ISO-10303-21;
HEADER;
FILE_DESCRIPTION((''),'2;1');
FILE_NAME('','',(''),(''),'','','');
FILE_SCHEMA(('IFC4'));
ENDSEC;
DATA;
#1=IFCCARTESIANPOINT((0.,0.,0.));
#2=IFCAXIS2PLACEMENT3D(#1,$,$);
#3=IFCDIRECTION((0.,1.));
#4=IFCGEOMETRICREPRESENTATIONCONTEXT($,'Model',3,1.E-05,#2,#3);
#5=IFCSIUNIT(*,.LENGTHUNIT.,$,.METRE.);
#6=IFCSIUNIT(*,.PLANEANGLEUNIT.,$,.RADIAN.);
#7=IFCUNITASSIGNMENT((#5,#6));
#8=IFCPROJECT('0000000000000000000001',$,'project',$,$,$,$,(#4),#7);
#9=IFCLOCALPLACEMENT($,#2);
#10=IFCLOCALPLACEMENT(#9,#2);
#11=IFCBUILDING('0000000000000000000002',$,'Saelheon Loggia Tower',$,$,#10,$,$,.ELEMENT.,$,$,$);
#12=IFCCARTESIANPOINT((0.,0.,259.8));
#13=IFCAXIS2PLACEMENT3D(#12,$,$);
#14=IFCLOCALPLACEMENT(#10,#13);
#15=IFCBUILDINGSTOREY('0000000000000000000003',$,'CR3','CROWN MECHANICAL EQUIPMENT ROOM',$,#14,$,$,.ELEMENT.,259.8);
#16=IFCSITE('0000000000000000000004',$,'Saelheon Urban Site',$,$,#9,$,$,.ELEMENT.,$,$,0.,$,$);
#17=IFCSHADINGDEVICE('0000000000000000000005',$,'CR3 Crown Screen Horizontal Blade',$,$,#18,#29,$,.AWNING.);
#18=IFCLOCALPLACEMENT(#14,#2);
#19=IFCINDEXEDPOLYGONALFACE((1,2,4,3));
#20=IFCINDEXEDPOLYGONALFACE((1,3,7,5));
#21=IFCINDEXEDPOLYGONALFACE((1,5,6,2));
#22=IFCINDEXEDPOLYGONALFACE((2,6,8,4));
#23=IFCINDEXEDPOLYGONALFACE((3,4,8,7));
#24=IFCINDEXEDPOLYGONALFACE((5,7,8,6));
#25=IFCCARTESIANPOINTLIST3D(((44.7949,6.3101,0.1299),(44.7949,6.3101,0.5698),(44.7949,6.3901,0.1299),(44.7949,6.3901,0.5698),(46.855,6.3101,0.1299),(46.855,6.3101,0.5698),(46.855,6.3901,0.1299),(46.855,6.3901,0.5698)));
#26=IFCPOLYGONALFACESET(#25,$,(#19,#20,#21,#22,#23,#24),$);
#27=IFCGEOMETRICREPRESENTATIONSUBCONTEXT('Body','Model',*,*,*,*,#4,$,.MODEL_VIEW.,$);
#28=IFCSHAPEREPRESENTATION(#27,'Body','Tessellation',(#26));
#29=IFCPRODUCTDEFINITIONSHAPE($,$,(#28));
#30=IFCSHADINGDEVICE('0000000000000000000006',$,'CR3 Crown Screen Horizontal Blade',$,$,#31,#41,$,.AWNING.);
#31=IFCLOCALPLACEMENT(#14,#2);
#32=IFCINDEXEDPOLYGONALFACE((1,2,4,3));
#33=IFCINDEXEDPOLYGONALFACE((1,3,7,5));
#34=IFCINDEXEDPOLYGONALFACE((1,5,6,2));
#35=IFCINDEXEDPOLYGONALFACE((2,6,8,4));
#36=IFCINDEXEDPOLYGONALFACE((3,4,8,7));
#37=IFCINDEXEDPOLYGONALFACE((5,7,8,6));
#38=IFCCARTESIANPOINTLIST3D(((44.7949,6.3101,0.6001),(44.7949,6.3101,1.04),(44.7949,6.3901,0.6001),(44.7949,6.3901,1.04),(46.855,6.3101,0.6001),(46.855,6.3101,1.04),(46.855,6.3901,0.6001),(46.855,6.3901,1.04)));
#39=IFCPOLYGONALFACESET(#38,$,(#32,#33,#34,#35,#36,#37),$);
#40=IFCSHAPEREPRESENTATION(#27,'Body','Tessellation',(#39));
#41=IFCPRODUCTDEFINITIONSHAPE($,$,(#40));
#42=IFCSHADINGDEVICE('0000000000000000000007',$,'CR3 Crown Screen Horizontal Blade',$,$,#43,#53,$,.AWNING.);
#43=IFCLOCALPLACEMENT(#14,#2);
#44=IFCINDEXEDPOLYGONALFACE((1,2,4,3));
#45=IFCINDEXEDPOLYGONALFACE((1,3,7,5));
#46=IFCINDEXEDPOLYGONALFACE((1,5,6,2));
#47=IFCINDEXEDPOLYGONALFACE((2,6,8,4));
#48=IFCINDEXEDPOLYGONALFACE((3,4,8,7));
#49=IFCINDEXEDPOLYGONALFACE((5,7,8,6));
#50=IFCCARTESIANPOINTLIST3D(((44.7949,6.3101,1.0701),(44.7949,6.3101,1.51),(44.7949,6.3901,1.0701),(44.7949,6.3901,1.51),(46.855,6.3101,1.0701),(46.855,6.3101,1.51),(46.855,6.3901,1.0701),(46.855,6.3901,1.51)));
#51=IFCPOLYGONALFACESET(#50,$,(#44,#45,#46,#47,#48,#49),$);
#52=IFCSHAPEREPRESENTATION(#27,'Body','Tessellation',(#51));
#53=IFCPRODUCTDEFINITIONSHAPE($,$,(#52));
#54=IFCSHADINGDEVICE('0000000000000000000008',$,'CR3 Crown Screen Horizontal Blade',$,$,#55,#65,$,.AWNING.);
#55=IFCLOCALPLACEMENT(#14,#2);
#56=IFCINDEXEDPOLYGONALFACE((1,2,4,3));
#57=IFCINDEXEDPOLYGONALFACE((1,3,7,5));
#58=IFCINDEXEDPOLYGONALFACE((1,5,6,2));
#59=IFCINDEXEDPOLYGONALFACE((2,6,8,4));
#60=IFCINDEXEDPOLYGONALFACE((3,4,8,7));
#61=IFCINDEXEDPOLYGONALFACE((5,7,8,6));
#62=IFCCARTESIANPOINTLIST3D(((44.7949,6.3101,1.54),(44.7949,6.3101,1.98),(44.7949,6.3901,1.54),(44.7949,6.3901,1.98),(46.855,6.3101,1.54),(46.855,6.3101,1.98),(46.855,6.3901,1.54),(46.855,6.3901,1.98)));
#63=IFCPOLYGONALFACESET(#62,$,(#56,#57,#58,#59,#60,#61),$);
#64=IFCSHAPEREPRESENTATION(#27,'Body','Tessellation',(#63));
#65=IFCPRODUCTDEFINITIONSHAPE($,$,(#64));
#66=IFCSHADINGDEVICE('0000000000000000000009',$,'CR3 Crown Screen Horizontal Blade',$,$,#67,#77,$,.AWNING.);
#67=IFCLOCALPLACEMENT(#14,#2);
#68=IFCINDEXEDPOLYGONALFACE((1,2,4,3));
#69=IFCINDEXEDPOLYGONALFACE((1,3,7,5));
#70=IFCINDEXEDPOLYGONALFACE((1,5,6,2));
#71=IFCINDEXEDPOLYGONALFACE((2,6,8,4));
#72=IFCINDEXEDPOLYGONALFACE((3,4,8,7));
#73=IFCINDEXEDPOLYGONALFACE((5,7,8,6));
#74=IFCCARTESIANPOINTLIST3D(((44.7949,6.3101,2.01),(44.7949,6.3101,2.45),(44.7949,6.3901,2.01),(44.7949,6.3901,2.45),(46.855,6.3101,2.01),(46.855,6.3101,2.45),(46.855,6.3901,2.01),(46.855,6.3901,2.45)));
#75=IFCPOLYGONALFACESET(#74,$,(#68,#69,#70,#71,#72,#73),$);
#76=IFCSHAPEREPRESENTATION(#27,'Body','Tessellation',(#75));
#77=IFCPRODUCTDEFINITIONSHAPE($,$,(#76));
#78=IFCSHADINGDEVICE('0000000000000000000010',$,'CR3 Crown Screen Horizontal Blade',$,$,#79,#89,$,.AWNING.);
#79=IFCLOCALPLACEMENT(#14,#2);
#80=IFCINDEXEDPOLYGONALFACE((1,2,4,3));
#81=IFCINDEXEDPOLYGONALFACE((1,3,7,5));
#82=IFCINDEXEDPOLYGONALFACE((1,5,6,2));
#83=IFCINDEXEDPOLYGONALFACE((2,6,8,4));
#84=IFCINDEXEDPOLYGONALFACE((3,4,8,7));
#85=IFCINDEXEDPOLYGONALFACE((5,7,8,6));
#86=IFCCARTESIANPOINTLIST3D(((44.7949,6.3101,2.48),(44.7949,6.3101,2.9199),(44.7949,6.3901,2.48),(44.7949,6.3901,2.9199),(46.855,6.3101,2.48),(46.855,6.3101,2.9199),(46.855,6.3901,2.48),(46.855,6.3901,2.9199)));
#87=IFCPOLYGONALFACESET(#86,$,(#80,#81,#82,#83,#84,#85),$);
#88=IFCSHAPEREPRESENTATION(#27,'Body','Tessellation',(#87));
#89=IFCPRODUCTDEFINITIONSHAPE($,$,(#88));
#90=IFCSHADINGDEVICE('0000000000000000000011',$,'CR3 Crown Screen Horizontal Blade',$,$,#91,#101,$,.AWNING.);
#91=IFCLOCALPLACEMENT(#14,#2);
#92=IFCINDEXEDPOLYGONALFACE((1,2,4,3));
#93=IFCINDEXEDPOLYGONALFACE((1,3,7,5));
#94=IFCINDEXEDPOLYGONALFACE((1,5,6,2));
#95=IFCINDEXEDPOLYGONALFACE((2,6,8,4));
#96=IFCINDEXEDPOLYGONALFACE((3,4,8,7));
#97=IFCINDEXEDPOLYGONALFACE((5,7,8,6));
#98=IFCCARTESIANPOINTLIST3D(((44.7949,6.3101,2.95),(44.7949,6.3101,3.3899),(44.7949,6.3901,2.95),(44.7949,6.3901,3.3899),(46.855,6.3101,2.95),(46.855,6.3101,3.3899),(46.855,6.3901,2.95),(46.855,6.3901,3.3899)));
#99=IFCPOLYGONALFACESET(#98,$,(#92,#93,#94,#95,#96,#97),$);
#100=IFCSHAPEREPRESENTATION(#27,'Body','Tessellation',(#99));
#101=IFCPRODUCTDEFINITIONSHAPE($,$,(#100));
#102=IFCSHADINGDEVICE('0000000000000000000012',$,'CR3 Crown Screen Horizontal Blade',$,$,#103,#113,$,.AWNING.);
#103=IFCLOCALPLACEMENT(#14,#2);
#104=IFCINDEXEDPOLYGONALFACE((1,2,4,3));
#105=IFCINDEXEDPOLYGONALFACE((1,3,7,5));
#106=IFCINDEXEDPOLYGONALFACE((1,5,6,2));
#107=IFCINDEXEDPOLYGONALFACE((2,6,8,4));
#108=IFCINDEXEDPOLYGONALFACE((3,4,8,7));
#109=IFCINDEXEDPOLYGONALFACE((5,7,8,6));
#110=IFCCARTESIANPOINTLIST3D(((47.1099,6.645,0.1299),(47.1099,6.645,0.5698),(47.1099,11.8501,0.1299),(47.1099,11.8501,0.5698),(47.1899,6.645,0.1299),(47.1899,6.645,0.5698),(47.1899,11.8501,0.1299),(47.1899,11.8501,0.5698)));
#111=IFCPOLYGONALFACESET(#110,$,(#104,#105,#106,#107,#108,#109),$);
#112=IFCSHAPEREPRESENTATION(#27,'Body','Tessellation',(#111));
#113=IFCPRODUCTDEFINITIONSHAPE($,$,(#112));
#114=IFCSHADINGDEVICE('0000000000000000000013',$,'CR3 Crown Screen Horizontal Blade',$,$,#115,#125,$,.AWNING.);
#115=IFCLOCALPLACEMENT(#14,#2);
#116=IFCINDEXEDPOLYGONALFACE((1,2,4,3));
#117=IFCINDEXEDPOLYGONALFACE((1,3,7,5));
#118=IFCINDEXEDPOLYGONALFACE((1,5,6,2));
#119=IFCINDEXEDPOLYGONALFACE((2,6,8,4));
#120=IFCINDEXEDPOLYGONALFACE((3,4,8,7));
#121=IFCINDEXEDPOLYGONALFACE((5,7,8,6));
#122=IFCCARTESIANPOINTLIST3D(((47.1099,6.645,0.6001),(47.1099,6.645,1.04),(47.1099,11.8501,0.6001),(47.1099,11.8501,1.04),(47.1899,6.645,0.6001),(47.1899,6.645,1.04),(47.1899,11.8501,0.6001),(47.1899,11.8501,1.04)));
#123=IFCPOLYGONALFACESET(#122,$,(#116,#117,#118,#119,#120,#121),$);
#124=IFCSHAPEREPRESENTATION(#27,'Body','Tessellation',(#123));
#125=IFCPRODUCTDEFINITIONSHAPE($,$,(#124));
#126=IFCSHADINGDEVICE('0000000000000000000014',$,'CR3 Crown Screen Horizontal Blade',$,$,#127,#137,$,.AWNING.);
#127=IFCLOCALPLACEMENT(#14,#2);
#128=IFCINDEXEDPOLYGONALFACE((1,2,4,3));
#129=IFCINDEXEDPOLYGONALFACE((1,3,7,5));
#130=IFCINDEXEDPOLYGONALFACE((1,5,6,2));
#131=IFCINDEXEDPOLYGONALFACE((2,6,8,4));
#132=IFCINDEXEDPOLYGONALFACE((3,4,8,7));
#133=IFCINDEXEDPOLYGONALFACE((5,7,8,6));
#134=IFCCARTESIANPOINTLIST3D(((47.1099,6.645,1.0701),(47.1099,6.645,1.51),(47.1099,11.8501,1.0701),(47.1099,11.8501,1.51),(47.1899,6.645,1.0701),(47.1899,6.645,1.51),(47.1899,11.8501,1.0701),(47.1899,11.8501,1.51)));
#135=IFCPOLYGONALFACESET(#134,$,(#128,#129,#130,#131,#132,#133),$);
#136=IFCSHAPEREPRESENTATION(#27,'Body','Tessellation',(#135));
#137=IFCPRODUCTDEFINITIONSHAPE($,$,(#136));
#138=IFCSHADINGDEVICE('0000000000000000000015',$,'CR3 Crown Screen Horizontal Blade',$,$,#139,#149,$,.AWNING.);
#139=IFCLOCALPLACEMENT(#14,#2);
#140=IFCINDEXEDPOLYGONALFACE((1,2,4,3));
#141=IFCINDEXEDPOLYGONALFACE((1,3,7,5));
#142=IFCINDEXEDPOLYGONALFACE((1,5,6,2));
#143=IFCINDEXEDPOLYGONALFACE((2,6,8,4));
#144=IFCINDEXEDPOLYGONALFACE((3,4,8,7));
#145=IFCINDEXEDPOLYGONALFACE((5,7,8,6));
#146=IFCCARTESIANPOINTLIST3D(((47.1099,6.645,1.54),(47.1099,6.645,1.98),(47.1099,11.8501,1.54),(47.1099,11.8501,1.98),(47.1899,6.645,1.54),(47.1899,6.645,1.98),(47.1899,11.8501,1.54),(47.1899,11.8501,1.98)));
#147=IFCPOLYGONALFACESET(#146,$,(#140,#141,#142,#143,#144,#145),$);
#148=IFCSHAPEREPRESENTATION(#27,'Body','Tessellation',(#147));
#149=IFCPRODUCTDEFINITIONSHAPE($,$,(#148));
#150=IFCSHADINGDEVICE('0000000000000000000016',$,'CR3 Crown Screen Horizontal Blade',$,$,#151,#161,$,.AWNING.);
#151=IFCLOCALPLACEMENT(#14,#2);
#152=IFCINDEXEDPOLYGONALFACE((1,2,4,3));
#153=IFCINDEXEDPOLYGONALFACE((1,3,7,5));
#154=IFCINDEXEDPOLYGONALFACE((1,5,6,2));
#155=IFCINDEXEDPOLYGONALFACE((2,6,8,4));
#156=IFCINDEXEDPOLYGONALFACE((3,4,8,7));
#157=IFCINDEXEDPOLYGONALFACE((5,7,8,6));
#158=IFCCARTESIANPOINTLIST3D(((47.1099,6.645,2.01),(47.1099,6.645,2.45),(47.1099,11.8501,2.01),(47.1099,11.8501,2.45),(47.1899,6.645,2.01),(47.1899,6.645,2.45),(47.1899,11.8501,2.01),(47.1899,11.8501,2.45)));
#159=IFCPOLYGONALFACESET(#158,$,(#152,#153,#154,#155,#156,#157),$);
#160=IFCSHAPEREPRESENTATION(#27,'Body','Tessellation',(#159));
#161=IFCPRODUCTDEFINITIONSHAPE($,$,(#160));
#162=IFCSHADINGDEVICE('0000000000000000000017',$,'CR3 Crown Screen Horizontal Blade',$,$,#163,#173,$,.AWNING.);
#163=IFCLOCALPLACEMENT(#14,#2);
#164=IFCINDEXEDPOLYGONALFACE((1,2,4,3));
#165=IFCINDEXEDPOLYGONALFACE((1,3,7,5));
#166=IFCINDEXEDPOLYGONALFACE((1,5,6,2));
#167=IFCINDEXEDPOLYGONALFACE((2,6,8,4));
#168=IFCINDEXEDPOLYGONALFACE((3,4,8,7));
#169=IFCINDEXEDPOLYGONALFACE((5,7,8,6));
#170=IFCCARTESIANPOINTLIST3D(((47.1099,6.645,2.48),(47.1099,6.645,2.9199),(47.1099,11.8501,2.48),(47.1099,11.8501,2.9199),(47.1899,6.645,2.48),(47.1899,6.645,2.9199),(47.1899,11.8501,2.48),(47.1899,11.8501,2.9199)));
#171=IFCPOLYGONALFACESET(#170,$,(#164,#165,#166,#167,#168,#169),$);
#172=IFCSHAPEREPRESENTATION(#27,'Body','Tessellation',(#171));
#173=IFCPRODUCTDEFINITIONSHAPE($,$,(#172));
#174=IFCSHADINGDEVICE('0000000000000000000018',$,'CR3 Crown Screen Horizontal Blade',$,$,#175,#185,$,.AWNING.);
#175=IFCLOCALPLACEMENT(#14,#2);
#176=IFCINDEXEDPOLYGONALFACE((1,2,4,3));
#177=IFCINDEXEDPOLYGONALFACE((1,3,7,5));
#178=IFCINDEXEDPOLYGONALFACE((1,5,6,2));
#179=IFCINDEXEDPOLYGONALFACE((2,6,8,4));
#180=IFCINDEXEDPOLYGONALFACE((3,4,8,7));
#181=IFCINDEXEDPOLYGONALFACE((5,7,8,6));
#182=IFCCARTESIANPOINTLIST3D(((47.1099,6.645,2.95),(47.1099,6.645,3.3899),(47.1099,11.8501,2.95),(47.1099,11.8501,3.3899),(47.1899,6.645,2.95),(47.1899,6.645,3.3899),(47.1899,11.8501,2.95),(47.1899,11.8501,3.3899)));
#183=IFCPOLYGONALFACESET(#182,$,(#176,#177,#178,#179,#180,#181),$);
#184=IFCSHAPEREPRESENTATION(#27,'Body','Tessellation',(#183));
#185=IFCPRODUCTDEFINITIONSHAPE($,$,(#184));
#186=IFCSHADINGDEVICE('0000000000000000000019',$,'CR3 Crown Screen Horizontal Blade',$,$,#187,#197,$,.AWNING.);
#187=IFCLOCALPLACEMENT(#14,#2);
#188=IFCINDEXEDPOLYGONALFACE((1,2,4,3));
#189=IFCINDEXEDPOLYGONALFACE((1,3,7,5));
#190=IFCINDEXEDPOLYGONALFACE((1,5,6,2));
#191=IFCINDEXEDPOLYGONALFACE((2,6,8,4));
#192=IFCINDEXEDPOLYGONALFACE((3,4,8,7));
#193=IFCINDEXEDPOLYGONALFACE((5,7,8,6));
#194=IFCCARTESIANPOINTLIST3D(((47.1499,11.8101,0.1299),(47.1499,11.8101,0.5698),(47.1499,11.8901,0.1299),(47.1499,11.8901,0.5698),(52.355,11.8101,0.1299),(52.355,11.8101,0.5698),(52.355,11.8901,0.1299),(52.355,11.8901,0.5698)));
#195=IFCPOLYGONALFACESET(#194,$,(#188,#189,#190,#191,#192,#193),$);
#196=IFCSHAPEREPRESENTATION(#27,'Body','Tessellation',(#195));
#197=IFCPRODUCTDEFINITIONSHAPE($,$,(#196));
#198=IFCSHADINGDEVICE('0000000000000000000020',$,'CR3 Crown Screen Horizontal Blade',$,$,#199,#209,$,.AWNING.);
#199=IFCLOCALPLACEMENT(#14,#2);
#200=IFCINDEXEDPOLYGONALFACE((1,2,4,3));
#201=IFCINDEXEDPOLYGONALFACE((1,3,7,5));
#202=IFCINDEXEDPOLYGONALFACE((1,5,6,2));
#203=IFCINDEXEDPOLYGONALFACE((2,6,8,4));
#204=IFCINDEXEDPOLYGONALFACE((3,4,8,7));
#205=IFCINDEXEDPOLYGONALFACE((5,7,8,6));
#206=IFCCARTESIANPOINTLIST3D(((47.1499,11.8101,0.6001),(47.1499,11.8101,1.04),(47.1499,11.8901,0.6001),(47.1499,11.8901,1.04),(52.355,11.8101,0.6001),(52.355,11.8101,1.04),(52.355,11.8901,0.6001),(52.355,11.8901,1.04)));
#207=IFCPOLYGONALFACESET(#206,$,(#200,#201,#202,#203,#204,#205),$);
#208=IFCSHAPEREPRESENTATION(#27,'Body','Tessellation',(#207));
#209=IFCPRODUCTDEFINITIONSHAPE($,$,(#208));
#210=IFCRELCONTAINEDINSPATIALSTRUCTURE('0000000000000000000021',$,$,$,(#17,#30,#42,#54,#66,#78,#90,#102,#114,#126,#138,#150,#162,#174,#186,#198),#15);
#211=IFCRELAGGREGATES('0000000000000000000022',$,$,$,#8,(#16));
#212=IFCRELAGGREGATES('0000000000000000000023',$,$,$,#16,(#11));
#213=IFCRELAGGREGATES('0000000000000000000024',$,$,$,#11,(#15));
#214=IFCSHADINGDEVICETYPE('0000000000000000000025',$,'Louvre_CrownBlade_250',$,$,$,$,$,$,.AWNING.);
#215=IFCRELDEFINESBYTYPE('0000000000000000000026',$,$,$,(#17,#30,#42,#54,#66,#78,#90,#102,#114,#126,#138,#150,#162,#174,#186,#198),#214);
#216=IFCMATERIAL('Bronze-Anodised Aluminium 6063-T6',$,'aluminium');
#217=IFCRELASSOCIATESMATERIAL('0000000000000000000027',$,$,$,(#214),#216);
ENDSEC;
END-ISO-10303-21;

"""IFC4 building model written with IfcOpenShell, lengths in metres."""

from ifc_helpers import new_model, si_unit, direction, frame, origin, origin_2d, place, context, subcontext, project, spatial, rectangle, extrude, source, transform, mapped, material, material_profile, profile_set, type_object, element, save


model = new_model("IFC4")

# Units and contexts
model_context = context("Model", 3, precision=1e-05, world=origin(), true_north=direction((0.0, 1.0)))
body_context = subcontext(model_context, "Body", "Model", "MODEL_VIEW")
ifc_project = project(units=[si_unit("LENGTHUNIT", "METRE"), si_unit("PLANEANGLEUNIT", "RADIAN")], contexts=[model_context])

# Site, building, storey
site_placement = place(None, origin())
site = spatial("IfcSite", under=ifc_project, at=site_placement, Name="Saelheon Urban Site", CompositionType="ELEMENT", RefElevation=0.0)
building_placement = place(site_placement, origin())
building = spatial("IfcBuilding", under=site, at=building_placement, Name="Saelheon Loggia Tower", CompositionType="ELEMENT")
storey_placement = place(building_placement, frame((0.0, 0.0, 259.8)))
storey = spatial("IfcBuildingStorey", under=building, at=storey_placement, Name="CR3", Description="CROWN MECHANICAL EQUIPMENT ROOM", CompositionType="ELEMENT", Elevation=259.8)

# Shared definitions
ifc_material_1 = material(Name="Bronze-Anodised Aluminium 6063-T6", Category="aluminium")

# Shading devices
ifc_material_profile_1 = material_profile(ifc_material_1, rectangle(XDim=0.0801, YDim=0.4399, at=origin_2d()), Name="Louvre_CrownBlade_250")
ifc_profile_set_1 = profile_set([ifc_material_profile_1], Name="Bronze-Anodised Aluminium 6063-T6")
shading_device_type = type_object("IfcShadingDeviceType", Name="Louvre_CrownBlade_250", PredefinedType="AWNING", material=ifc_profile_set_1)
shared_shape_1 = source(origin(), body_context, "Body", "SweptSolid", [
    extrude(rectangle(XDim=0.0801, YDim=0.4399, at=origin_2d()), origin(), (0.0, 0.0, 1.0), 2.0601),
])
for number, where, z_axis, x_axis, name in (
    (1, (44.7949, 6.3501, 0.3499), (1.0, 0.0, 0.0), (0.0, 1.0, 0.0), "CR3 Crown Screen Horizontal Blade"),
    (2, (44.7949, 6.3501, 0.8201), (1.0, 0.0, 0.0), (0.0, 1.0, 0.0), "CR3 Crown Screen Horizontal Blade"),
    (3, (44.7949, 6.3501, 1.29), (1.0, 0.0, 0.0), (0.0, 1.0, 0.0), "CR3 Crown Screen Horizontal Blade"),
    (4, (44.7949, 6.3501, 1.76), (1.0, 0.0, 0.0), (0.0, 1.0, 0.0), "CR3 Crown Screen Horizontal Blade"),
    (5, (44.7949, 6.3501, 2.23), (1.0, 0.0, 0.0), (0.0, 1.0, 0.0), "CR3 Crown Screen Horizontal Blade"),
    (6, (44.7949, 6.3501, 2.7), (1.0, 0.0, 0.0), (0.0, 1.0, 0.0), "CR3 Crown Screen Horizontal Blade"),
    (7, (44.7949, 6.3501, 3.1699), (1.0, 0.0, 0.0), (0.0, 1.0, 0.0), "CR3 Crown Screen Horizontal Blade"),
):
    element("IfcShadingDevice", number, at=place(storey_placement, frame(where, z_axis=z_axis, x_axis=x_axis)), inside=storey, type_object=shading_device_type, Name=name, PredefinedType="AWNING", context=body_context, shape_type="MappedRepresentation", body=[
        mapped(shared_shape_1, transform((0.0, 0.0, 0.0), scale=1.0)),
    ])
shared_shape_2 = source(origin(), body_context, "Body", "SweptSolid", [
    extrude(rectangle(XDim=0.0801, YDim=0.4399, at=origin_2d()), origin(), (0.0, 0.0, 1.0), 5.2051),
])
for number, where, z_axis, x_axis, name in (
    (8, (47.1499, 6.645, 0.3499), (0.0, 1.0, 0.0), (-1.0, 0.0, 0.0), "CR3 Crown Screen Horizontal Blade"),
    (9, (47.1499, 6.645, 0.8201), (0.0, 1.0, 0.0), (-1.0, 0.0, 0.0), "CR3 Crown Screen Horizontal Blade"),
    (10, (47.1499, 6.645, 1.29), (0.0, 1.0, 0.0), (-1.0, 0.0, 0.0), "CR3 Crown Screen Horizontal Blade"),
    (11, (47.1499, 6.645, 1.76), (0.0, 1.0, 0.0), (-1.0, 0.0, 0.0), "CR3 Crown Screen Horizontal Blade"),
    (12, (47.1499, 6.645, 2.23), (0.0, 1.0, 0.0), (-1.0, 0.0, 0.0), "CR3 Crown Screen Horizontal Blade"),
    (13, (47.1499, 6.645, 2.7), (0.0, 1.0, 0.0), (-1.0, 0.0, 0.0), "CR3 Crown Screen Horizontal Blade"),
    (14, (47.1499, 6.645, 3.1699), (0.0, 1.0, 0.0), (-1.0, 0.0, 0.0), "CR3 Crown Screen Horizontal Blade"),
    (15, (47.1499, 11.8501, 0.3499), (1.0, 0.0, 0.0), (0.0, 1.0, 0.0), "CR3 Crown Screen Horizontal Blade"),
    (16, (47.1499, 11.8501, 0.8201), (1.0, 0.0, 0.0), (0.0, 1.0, 0.0), "CR3 Crown Screen Horizontal Blade"),
):
    element("IfcShadingDevice", number, at=place(storey_placement, frame(where, z_axis=z_axis, x_axis=x_axis)), inside=storey, type_object=shading_device_type, Name=name, PredefinedType="AWNING", context=body_context, shape_type="MappedRepresentation", body=[
        mapped(shared_shape_2, transform((0.0, 0.0, 0.0), scale=1.0)),
    ])

save(model, "model.ifc")
